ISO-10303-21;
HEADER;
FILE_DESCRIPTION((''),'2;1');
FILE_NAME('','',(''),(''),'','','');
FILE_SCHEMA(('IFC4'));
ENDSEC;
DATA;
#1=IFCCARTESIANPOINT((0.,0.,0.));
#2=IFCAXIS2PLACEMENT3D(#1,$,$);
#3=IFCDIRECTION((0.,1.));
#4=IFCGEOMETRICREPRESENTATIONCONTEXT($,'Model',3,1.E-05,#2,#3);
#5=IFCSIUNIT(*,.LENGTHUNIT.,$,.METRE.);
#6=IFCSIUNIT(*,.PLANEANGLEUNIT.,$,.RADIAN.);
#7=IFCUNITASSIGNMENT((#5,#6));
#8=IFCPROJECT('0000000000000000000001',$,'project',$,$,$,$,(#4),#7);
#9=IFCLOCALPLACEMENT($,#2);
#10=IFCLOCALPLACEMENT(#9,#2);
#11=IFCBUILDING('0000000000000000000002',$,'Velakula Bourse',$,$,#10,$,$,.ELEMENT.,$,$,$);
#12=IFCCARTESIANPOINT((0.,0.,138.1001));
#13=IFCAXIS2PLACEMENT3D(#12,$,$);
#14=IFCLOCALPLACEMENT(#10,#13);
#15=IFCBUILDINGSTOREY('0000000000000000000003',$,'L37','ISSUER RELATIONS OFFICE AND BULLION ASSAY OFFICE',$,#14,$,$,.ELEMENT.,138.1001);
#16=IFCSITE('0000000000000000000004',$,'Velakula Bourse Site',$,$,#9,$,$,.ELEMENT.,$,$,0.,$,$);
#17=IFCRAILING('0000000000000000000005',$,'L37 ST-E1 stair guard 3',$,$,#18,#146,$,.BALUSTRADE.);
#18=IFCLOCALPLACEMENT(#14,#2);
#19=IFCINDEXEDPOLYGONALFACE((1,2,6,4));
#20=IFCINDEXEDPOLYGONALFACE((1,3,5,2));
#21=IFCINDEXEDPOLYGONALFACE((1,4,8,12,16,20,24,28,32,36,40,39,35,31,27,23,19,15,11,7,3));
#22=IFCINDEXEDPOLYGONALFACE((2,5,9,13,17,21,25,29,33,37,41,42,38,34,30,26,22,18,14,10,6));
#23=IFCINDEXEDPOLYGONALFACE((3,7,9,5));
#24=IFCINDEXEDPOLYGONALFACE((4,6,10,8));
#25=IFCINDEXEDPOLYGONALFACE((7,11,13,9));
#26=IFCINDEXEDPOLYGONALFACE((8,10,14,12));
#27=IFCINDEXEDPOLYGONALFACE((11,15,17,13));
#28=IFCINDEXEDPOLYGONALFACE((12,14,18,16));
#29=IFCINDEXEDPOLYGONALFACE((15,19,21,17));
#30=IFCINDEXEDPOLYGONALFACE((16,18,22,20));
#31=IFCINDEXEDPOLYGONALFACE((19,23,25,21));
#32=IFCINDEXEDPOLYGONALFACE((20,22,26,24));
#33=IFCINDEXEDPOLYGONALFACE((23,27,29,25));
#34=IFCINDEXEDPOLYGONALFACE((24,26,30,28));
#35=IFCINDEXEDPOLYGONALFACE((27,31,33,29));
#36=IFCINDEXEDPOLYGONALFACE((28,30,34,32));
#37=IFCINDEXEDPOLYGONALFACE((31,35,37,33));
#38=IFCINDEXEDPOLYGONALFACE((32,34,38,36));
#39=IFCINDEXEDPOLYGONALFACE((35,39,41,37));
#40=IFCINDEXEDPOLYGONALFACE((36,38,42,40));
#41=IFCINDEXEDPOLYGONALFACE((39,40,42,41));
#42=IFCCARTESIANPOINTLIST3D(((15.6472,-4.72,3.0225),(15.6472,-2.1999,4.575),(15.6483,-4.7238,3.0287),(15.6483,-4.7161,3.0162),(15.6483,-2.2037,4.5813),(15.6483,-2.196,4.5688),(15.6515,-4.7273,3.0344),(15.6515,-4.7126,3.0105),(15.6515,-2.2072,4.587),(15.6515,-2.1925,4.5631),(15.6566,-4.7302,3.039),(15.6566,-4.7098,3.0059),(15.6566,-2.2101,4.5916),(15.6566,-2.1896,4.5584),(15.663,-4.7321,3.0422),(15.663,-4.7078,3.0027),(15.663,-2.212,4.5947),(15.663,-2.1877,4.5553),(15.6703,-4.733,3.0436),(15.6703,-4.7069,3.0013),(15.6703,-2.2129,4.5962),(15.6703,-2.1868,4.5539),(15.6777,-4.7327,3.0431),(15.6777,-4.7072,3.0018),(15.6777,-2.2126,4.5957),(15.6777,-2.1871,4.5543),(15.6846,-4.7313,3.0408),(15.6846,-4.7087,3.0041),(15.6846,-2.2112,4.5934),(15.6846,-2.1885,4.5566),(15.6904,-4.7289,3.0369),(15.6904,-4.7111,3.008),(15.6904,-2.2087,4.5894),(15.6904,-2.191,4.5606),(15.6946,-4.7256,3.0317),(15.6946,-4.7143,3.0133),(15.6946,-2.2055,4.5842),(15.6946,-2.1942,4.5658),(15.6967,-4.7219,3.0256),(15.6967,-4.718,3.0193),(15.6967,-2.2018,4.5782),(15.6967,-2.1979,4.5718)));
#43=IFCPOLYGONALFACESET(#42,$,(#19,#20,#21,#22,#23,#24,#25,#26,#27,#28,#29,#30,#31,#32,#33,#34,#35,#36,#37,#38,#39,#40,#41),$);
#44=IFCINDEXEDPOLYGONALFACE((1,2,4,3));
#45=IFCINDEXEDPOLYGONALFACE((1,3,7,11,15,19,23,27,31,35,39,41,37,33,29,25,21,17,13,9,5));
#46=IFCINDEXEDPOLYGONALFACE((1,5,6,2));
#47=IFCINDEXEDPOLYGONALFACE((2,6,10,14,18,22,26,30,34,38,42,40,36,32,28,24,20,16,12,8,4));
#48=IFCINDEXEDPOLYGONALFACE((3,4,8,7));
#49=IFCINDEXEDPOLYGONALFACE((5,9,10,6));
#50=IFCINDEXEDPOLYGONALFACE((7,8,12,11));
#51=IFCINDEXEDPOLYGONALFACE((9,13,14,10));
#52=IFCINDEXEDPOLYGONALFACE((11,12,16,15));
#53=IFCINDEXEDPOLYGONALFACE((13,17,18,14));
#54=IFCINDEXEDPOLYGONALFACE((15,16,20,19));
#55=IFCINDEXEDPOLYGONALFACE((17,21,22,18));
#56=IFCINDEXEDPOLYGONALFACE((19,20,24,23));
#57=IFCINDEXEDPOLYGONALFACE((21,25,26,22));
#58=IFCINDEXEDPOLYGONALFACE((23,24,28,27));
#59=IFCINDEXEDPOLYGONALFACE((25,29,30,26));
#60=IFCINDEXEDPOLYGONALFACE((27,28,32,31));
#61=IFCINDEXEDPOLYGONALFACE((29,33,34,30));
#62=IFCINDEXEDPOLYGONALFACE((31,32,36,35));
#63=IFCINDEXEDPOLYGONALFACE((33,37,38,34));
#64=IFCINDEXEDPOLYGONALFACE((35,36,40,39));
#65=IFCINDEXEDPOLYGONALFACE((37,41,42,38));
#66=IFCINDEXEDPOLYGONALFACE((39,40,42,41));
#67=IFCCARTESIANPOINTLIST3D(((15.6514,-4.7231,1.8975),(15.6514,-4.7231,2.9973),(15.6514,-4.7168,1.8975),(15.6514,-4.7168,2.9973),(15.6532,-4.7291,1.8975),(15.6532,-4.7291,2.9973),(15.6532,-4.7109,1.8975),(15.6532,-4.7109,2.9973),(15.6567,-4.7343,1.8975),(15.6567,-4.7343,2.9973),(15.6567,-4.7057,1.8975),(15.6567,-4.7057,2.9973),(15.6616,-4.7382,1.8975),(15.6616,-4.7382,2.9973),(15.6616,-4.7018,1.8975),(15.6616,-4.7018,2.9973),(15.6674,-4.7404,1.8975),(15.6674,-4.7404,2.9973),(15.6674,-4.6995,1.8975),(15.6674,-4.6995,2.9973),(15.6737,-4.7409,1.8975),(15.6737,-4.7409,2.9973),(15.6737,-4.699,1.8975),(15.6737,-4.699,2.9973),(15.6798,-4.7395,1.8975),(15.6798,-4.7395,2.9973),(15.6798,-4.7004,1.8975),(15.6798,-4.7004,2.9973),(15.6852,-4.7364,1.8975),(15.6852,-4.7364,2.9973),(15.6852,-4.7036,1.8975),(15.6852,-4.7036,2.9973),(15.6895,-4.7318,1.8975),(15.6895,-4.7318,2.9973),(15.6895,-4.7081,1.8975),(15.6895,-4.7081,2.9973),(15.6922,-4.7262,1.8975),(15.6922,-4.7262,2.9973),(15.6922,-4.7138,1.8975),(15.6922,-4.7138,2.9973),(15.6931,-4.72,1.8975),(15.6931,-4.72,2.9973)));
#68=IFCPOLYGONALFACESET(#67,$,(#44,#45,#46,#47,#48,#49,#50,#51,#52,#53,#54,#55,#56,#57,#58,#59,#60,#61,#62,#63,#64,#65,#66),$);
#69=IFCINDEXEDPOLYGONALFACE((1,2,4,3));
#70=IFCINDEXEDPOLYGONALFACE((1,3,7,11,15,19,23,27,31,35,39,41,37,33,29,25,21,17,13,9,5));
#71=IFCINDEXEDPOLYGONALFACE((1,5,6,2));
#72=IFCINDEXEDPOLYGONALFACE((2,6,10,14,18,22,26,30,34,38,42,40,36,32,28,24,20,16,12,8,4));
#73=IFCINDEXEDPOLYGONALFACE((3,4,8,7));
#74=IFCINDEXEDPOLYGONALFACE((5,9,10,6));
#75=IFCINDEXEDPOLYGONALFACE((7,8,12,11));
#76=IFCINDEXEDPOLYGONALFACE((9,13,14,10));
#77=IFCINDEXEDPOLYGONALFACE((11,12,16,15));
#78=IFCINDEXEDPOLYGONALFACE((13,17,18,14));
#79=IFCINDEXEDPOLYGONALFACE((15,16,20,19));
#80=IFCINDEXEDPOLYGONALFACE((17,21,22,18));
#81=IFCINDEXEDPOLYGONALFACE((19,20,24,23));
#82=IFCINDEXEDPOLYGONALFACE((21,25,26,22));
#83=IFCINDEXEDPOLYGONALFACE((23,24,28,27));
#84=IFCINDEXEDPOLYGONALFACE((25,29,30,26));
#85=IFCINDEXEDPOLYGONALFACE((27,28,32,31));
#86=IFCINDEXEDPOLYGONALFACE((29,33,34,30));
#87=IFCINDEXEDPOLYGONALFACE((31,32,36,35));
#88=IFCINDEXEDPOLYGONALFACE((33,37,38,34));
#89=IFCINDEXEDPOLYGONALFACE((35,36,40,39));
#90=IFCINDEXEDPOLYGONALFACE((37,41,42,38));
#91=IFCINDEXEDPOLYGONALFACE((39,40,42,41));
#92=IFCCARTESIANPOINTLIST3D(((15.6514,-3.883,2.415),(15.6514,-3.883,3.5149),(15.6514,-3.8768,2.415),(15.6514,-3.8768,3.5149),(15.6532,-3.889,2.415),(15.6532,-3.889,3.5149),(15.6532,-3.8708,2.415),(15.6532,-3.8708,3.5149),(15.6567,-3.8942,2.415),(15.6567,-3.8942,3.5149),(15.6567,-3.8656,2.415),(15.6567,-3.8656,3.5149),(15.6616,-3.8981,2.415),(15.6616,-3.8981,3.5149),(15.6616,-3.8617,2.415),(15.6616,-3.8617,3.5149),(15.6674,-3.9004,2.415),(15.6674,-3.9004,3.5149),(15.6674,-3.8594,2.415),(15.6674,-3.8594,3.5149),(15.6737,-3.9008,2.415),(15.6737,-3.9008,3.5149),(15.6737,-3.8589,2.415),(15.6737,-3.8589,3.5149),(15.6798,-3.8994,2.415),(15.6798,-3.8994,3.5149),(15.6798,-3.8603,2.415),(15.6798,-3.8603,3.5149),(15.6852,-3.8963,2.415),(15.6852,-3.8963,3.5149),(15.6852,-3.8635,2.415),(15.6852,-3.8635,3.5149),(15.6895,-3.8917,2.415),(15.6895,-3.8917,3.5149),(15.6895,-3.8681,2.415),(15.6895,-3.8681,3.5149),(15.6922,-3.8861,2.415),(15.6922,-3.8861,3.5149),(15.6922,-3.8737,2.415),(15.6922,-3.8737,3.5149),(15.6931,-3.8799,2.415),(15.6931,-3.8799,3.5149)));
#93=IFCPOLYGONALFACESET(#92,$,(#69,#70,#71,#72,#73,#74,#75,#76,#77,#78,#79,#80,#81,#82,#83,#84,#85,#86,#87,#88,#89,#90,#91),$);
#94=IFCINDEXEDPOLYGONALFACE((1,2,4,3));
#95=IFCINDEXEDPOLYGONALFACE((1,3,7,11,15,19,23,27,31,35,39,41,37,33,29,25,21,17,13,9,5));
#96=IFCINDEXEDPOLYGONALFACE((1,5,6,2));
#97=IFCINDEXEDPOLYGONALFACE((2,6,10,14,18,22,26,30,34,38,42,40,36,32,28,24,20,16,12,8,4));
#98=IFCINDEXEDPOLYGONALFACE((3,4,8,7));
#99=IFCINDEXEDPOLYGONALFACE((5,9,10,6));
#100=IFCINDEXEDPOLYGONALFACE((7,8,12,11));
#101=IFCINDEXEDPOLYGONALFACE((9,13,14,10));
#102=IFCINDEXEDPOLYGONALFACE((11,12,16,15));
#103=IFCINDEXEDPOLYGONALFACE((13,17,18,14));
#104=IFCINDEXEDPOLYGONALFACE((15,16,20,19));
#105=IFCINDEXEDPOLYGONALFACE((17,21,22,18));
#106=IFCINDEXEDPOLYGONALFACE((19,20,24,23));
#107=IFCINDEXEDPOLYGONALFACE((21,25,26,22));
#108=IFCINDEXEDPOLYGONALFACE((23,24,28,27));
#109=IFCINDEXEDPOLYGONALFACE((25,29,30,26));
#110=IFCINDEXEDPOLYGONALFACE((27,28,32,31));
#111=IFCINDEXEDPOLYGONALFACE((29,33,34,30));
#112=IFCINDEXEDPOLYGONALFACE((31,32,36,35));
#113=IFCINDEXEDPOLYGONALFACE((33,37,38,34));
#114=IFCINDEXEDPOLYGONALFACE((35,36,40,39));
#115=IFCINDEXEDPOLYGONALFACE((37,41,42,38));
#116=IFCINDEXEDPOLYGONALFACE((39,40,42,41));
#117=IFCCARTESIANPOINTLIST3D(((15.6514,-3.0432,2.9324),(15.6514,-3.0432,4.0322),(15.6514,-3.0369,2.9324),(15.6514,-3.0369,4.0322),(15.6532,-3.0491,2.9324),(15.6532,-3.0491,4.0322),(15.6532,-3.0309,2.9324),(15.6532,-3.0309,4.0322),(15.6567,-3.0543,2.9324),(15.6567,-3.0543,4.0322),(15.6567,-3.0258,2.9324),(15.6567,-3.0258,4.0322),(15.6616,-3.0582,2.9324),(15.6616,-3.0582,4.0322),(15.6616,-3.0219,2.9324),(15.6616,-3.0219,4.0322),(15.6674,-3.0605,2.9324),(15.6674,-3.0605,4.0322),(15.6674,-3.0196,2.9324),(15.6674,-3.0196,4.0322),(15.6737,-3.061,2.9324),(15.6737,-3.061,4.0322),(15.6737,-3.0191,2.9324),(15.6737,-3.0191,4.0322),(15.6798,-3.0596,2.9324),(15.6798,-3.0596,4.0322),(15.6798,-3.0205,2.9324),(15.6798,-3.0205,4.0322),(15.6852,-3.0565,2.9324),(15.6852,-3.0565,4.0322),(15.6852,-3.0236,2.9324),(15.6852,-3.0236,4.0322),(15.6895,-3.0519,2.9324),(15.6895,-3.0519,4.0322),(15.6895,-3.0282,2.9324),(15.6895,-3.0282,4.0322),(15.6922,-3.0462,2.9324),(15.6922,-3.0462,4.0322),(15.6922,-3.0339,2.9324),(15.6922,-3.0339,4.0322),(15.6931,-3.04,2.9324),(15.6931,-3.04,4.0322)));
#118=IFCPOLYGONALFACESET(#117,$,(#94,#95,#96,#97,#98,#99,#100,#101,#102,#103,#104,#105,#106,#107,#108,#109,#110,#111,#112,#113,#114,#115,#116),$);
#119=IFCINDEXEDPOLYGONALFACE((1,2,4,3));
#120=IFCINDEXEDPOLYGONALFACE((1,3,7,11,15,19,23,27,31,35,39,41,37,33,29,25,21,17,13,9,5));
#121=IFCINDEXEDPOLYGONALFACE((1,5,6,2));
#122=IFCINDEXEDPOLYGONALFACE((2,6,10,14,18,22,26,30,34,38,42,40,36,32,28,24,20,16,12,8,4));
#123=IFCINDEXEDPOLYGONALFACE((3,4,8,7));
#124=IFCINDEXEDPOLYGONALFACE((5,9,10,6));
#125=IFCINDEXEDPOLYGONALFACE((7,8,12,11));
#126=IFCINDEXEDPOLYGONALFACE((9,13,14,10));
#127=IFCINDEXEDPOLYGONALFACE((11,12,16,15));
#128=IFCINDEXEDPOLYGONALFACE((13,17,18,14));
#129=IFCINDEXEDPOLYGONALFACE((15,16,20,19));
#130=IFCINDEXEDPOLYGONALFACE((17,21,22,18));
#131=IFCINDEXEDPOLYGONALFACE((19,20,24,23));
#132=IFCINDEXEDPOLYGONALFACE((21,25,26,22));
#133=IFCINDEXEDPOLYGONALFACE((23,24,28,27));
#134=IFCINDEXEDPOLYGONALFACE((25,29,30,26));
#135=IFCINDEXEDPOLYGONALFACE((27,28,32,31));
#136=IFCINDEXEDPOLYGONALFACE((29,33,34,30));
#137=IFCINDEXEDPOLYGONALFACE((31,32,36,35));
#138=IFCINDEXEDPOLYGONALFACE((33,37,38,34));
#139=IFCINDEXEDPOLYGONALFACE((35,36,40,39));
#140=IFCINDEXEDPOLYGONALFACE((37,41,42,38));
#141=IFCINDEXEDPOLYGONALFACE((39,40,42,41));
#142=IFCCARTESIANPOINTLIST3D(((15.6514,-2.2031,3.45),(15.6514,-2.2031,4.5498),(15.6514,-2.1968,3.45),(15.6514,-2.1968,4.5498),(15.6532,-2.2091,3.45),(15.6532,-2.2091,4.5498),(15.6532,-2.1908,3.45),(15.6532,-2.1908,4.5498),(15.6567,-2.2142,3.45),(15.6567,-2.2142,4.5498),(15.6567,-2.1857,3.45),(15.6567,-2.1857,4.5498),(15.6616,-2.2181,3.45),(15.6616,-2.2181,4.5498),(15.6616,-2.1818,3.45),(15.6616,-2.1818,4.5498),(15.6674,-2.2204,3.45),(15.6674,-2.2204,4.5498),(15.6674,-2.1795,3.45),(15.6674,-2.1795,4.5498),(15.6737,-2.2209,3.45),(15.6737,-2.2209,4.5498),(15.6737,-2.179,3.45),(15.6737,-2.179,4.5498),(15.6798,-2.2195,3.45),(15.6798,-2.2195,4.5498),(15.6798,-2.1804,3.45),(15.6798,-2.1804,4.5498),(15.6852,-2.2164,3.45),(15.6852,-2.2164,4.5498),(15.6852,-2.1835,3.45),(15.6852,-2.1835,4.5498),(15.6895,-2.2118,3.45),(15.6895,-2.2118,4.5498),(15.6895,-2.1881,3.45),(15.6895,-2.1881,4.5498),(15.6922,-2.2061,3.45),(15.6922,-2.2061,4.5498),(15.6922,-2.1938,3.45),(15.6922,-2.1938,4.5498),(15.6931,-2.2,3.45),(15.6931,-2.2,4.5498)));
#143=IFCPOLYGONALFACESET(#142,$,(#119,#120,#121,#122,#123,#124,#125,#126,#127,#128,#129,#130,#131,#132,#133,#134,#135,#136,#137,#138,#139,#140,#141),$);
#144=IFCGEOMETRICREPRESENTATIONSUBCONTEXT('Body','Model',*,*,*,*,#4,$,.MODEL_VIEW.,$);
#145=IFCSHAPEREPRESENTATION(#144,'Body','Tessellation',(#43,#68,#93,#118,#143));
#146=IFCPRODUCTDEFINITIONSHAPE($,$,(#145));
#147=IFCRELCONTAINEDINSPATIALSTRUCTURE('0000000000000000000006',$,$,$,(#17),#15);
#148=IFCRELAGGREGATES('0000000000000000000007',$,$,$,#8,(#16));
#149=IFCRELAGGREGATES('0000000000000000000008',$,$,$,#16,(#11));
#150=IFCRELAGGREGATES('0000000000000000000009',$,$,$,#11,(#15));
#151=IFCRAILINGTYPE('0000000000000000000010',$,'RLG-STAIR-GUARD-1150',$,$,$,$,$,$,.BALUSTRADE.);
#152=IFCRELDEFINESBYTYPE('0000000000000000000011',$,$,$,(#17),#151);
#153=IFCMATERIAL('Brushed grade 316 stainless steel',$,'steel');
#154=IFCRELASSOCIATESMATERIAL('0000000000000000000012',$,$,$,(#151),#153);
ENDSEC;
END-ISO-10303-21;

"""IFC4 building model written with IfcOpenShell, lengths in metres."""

from ifc_helpers import new_model, si_unit, direction, frame, origin, origin_2d, place, context, subcontext, project, spatial, circle, extrude, material, type_object, element, save


model = new_model("IFC4")

# Units and contexts
model_context = context("Model", 3, precision=1e-05, world=origin(), true_north=direction((0.0, 1.0)))
body_context = subcontext(model_context, "Body", "Model", "MODEL_VIEW")
ifc_project = project(units=[si_unit("LENGTHUNIT", "METRE"), si_unit("PLANEANGLEUNIT", "RADIAN")], contexts=[model_context])

# Site, building, storey
site_placement = place(None, origin())
site = spatial("IfcSite", under=ifc_project, at=site_placement, Name="Velakula Bourse Site", CompositionType="ELEMENT", RefElevation=0.0)
building_placement = place(site_placement, origin())
building = spatial("IfcBuilding", under=site, at=building_placement, Name="Velakula Bourse", CompositionType="ELEMENT")
storey_placement = place(building_placement, frame((0.0, 0.0, 138.1001)))
storey = spatial("IfcBuildingStorey", under=building, at=storey_placement, Name="L37", Description="ISSUER RELATIONS OFFICE AND BULLION ASSAY OFFICE", CompositionType="ELEMENT", Elevation=138.1001)

# Shared definitions
ifc_material_1 = material(Name="Brushed grade 316 stainless steel", Category="steel")

# Railing
railing_type_1 = type_object("IfcRailingType", Name="RLG-STAIR-GUARD-1150", PredefinedType="BALUSTRADE", material=ifc_material_1)
railing_1_placement = place(storey_placement, frame((15.6721, -4.72, 1.8975)))
element("IfcRailing", 1, at=railing_1_placement, inside=storey, type_object=railing_type_1, Name="L37 ST-E1 stair guard 3", PredefinedType="BALUSTRADE", context=body_context, shape_type="SweptSolid", body=[
    extrude(circle(Radius=0.0249, at=origin_2d()), frame((0.0, 0.0, 1.125), z_axis=(0.0, 0.8514, 0.524516), x_axis=(-1.0, 0.0, 0.0)), (0.0, 0.0, 1.0), 2.96),
    extrude(circle(Radius=0.021, at=origin_2d()), origin(), (0.0, 0.0, 1.0), 1.0999),
    extrude(circle(Radius=0.021, at=origin_2d()), frame((0.0, 0.8401, 0.5176)), (0.0, 0.0, 1.0), 1.0999),
    extrude(circle(Radius=0.021, at=origin_2d()), frame((0.0, 1.6799, 1.0349)), (0.0, 0.0, 1.0), 1.0999),
    extrude(circle(Radius=0.021, at=origin_2d()), frame((0.0, 2.52, 1.5525)), (0.0, 0.0, 1.0), 1.0999),
])

save(model, "model.ifc")
